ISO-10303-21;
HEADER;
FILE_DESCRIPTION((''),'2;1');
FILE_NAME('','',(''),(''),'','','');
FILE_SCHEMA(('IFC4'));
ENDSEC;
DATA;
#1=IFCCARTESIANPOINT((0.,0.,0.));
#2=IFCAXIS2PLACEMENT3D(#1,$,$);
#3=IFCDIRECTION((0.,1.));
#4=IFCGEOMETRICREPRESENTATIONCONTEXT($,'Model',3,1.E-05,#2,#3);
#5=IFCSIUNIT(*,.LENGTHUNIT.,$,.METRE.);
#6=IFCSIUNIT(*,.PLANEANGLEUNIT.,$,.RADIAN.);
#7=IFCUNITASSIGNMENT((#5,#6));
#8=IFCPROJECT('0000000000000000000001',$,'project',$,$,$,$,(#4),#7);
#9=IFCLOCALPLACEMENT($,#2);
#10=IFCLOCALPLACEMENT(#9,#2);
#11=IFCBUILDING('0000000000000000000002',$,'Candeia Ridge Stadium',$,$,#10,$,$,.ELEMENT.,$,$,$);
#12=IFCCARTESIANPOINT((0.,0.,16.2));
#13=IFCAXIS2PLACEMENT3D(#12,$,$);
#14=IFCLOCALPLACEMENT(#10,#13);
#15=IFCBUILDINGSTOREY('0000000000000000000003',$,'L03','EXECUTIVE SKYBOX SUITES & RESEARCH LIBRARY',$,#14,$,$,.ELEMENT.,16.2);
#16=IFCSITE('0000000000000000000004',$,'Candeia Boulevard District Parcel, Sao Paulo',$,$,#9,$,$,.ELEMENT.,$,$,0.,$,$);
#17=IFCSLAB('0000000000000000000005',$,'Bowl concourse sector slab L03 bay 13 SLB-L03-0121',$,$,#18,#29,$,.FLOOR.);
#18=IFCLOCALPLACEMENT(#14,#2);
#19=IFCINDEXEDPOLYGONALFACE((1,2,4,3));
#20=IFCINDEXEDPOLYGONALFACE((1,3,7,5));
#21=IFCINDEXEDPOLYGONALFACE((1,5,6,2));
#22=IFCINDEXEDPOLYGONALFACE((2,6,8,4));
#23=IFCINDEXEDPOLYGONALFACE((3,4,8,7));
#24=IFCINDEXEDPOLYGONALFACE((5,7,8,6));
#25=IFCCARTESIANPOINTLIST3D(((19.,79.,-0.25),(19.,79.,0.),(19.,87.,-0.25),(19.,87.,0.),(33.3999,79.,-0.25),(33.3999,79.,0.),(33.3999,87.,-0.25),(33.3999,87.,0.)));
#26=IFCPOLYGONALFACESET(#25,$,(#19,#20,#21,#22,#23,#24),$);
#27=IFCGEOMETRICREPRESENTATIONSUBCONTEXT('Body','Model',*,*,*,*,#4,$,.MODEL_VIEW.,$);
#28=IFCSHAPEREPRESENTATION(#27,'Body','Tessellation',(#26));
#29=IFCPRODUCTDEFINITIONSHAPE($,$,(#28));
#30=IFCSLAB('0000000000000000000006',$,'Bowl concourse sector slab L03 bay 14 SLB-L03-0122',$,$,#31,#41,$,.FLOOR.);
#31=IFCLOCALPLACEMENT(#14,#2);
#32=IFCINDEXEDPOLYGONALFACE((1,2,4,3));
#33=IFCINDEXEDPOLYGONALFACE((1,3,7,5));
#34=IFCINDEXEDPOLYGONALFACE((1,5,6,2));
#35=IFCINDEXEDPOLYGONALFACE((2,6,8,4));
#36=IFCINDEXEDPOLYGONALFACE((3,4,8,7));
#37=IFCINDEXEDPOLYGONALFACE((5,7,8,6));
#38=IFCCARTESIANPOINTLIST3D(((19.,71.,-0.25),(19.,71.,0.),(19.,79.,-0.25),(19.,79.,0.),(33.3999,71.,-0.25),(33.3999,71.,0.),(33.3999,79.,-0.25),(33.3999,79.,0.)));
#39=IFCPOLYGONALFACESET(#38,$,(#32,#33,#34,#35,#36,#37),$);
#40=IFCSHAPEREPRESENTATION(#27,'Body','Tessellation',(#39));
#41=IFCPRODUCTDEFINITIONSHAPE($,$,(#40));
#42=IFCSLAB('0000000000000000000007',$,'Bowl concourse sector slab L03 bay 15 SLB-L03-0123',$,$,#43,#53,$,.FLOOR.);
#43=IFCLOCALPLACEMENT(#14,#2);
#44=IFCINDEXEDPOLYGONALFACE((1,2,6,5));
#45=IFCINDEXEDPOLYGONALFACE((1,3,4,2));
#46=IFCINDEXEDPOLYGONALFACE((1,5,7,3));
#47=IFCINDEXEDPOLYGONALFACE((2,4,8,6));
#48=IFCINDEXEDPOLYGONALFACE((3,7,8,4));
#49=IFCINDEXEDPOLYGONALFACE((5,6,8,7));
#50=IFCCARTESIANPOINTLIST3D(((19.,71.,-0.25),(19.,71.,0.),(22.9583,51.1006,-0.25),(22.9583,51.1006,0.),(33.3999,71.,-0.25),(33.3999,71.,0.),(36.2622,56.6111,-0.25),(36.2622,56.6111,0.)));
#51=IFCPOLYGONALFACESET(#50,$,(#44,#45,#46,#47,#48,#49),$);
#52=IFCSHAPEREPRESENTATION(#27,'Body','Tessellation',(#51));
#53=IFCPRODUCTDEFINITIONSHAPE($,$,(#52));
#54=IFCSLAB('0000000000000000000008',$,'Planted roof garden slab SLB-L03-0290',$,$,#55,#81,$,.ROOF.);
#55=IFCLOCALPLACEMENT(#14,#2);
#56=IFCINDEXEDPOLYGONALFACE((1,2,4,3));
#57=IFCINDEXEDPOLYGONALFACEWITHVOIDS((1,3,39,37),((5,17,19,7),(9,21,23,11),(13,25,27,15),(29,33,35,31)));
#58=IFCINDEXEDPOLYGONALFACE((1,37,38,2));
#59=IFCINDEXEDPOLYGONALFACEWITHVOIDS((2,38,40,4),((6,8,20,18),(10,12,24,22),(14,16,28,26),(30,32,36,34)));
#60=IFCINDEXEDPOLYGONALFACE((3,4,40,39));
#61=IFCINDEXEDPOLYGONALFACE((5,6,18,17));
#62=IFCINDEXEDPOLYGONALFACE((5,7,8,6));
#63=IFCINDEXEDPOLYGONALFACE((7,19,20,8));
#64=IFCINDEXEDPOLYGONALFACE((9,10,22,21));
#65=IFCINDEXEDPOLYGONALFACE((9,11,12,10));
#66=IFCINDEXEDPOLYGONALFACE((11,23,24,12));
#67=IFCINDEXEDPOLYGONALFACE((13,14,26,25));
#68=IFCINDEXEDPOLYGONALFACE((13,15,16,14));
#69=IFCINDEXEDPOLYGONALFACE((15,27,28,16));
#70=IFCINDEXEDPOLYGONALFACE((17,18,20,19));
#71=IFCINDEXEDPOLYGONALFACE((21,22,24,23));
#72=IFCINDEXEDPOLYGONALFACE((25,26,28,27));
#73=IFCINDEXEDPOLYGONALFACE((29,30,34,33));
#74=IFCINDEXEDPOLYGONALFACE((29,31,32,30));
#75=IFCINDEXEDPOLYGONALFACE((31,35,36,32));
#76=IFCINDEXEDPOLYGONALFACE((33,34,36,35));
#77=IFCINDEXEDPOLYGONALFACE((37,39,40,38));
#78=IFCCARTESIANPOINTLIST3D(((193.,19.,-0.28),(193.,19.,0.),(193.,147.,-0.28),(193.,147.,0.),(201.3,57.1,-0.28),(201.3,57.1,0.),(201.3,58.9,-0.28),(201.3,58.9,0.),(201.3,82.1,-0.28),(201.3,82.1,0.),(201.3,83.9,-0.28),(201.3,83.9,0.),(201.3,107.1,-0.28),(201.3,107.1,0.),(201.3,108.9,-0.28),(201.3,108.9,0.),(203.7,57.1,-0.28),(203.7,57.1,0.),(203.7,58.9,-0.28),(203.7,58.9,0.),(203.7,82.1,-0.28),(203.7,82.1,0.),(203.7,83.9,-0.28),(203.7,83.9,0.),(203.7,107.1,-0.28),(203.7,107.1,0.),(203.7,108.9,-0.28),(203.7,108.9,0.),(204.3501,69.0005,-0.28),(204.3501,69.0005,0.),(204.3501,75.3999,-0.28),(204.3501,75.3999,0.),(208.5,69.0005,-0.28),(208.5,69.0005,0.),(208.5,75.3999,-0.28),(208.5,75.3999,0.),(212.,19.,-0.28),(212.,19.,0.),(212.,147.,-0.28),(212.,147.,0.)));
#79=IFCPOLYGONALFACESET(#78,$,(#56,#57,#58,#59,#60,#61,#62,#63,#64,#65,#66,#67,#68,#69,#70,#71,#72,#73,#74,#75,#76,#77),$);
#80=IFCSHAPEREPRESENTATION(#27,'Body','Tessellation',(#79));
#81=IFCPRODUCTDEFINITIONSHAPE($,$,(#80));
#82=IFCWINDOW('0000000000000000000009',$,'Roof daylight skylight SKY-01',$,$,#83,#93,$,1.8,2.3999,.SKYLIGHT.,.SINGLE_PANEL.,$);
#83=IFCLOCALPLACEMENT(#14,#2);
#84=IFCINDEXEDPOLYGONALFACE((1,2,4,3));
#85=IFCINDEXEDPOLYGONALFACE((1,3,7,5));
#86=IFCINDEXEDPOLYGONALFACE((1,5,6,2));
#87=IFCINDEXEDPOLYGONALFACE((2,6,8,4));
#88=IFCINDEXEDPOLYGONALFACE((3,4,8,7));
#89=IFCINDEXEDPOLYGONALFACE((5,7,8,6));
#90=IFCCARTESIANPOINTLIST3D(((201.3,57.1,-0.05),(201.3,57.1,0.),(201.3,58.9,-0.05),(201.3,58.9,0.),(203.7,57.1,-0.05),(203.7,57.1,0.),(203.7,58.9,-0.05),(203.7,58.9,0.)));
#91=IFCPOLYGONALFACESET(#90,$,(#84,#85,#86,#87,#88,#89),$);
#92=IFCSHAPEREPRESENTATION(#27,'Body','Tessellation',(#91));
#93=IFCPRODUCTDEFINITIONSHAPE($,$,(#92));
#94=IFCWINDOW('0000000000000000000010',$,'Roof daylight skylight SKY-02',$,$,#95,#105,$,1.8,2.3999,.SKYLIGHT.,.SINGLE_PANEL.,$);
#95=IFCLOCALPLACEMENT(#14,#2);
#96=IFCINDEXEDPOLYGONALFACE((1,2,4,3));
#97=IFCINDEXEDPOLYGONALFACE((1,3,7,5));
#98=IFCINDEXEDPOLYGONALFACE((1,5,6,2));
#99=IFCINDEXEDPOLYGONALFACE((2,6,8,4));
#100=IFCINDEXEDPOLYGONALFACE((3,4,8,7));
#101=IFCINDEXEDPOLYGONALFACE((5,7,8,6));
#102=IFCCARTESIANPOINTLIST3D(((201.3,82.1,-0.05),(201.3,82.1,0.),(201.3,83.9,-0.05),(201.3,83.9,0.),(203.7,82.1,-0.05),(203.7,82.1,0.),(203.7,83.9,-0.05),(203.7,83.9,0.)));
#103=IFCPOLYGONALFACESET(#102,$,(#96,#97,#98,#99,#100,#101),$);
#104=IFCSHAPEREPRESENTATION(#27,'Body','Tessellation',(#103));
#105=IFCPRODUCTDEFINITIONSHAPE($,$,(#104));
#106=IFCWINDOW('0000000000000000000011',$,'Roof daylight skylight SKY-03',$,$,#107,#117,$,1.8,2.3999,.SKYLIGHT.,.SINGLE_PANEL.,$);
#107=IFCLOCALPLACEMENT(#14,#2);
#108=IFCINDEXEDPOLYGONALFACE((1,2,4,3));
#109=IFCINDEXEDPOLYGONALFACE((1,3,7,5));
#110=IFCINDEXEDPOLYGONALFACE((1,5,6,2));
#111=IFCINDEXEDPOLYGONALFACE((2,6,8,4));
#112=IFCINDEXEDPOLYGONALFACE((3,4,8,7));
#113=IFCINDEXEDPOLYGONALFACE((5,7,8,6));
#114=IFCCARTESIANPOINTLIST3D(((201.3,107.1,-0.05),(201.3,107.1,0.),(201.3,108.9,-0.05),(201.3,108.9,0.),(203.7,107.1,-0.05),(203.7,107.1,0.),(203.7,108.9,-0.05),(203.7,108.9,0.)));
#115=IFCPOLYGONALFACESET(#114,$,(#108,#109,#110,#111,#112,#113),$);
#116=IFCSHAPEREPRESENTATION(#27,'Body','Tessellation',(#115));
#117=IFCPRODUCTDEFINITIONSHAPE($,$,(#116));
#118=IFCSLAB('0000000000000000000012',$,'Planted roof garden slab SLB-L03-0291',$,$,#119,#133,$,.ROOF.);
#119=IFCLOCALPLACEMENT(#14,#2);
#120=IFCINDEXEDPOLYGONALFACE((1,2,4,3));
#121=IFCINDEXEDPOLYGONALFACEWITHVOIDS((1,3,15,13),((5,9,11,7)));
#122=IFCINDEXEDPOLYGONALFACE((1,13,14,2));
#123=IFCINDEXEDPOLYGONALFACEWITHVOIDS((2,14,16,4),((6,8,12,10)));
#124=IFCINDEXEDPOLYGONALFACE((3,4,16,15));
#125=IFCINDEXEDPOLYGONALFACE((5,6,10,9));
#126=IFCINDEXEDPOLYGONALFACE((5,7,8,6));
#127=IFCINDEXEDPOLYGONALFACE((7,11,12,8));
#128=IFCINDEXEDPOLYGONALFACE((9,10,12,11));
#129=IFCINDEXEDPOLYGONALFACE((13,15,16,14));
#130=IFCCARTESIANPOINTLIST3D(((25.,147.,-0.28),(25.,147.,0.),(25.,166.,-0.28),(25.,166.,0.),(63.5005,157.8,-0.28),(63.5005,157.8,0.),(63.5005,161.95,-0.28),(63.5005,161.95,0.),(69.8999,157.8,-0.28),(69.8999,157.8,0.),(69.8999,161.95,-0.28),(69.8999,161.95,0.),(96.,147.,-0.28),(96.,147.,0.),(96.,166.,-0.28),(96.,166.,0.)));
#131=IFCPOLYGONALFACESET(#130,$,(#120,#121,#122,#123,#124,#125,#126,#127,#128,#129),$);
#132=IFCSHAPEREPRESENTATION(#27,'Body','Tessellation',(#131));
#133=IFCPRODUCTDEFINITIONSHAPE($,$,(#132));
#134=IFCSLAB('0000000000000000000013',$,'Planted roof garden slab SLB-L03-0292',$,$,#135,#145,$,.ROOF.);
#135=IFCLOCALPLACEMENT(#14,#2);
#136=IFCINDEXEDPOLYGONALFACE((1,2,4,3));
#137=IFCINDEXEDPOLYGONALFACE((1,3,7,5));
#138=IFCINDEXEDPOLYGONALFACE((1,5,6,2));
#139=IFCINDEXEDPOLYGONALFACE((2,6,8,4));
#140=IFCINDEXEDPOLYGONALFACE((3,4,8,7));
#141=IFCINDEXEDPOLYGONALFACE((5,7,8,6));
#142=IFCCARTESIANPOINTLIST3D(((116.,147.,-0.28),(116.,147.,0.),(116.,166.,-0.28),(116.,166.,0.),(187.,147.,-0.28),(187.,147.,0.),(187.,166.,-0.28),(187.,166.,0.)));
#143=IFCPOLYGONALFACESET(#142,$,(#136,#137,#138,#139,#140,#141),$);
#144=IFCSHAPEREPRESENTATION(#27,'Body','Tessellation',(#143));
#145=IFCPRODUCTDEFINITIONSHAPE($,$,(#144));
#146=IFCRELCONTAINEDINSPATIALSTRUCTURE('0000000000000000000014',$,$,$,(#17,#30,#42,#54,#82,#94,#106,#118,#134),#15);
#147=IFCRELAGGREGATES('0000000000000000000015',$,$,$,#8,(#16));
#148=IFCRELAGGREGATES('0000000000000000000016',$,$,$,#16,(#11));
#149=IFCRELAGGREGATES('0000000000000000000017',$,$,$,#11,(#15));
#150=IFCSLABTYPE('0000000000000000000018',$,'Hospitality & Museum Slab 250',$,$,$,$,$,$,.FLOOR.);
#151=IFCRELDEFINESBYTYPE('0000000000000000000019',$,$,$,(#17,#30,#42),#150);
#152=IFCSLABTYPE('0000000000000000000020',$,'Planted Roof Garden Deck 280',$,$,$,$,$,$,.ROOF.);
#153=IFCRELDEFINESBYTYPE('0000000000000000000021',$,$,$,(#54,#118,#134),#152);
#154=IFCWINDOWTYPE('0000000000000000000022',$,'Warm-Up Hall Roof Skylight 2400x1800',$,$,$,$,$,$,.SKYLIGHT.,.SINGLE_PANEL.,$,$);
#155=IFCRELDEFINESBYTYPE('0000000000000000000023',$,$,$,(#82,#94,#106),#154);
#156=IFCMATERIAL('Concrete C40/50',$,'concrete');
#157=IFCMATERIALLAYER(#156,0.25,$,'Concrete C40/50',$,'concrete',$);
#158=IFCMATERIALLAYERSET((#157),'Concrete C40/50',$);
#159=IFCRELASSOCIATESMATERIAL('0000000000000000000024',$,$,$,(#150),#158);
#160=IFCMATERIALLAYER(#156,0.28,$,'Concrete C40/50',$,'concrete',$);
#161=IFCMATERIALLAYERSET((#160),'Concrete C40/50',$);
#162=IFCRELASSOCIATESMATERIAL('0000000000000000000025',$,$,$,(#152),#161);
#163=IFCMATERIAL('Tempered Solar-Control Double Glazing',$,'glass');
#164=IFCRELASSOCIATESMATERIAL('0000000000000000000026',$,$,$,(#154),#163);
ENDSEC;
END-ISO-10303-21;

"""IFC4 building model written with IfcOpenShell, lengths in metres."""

from ifc_helpers import new_model, si_unit, direction, frame, origin, origin_2d, place, context, subcontext, project, spatial, polyline, rectangle, outline, extrude, material, layer, layer_set, type_object, element, fill, save


model = new_model("IFC4")

# Units and contexts
model_context = context("Model", 3, precision=1e-05, world=origin(), true_north=direction((0.0, 1.0)))
body_context = subcontext(model_context, "Body", "Model", "MODEL_VIEW")
ifc_project = project(units=[si_unit("LENGTHUNIT", "METRE"), si_unit("PLANEANGLEUNIT", "RADIAN")], contexts=[model_context])

# Site, building, storey
site_placement = place(None, origin())
site = spatial("IfcSite", under=ifc_project, at=site_placement, Name="Candeia Boulevard District Parcel, Sao Paulo", CompositionType="ELEMENT", RefElevation=0.0)
building_placement = place(site_placement, origin())
building = spatial("IfcBuilding", under=site, at=building_placement, Name="Candeia Ridge Stadium", CompositionType="ELEMENT")
storey_placement = place(building_placement, frame((0.0, 0.0, 16.2)))
storey = spatial("IfcBuildingStorey", under=building, at=storey_placement, Name="L03", Description="EXECUTIVE SKYBOX SUITES & RESEARCH LIBRARY", CompositionType="ELEMENT", Elevation=16.2)

# Slabs
ifc_material_1 = material(Name="Concrete C40/50", Category="concrete")
ifc_layer_1 = layer(ifc_material_1, 0.25, Name="Concrete C40/50", Category="concrete")
ifc_layer_set_1 = layer_set([ifc_layer_1], Name="Concrete C40/50")
slab_type_1 = type_object("IfcSlabType", Name="Hospitality & Museum Slab 250", PredefinedType="FLOOR", material=ifc_layer_set_1)
slab_1_placement = place(storey_placement, frame((0.0, 0.0, -0.25)))
element("IfcSlab", 1, at=slab_1_placement, inside=storey, type_object=slab_type_1, Name="Bowl concourse sector slab L03 bay 13 SLB-L03-0121", PredefinedType="FLOOR", context=body_context, shape_type="SweptSolid", body=[
    extrude(outline(polyline([(33.3999, 79.0), (19.0, 79.0), (19.0, 87.0), (33.3999, 87.0), (33.3999, 79.0)])), origin(), (0.0, 0.0, 1.0), 0.25),
])
slab_2_placement = place(storey_placement, frame((0.0, 0.0, -0.25)))
element("IfcSlab", 2, at=slab_2_placement, inside=storey, type_object=slab_type_1, Name="Bowl concourse sector slab L03 bay 14 SLB-L03-0122", PredefinedType="FLOOR", context=body_context, shape_type="SweptSolid", body=[
    extrude(outline(polyline([(33.3999, 71.0), (19.0, 71.0), (19.0, 79.0), (33.3999, 79.0), (33.3999, 71.0)])), origin(), (0.0, 0.0, 1.0), 0.25),
])
slab_3_placement = place(storey_placement, frame((0.0, 0.0, -0.25)))
element("IfcSlab", 3, at=slab_3_placement, inside=storey, type_object=slab_type_1, Name="Bowl concourse sector slab L03 bay 15 SLB-L03-0123", PredefinedType="FLOOR", context=body_context, shape_type="SweptSolid", body=[
    extrude(outline(polyline([(36.2622, 56.6111), (22.9583, 51.1006), (19.0, 71.0), (33.3999, 71.0), (36.2622, 56.6111)])), origin(), (0.0, 0.0, 1.0), 0.25),
])

# Slab, openings, windows
ifc_layer_2 = layer(ifc_material_1, 0.28, Name="Concrete C40/50", Category="concrete")
ifc_layer_set_2 = layer_set([ifc_layer_2], Name="Concrete C40/50")
slab_type_2 = type_object("IfcSlabType", Name="Planted Roof Garden Deck 280", PredefinedType="ROOF", material=ifc_layer_set_2)
slab_4_placement = place(storey_placement, frame((0.0, 0.0, -0.28)))
slab_4 = element("IfcSlab", 4, at=slab_4_placement, inside=storey, type_object=slab_type_2, Name="Planted roof garden slab SLB-L03-0290", PredefinedType="ROOF", context=body_context, shape_type="SweptSolid", body=[
    extrude(outline(polyline([(193.0, 19.0), (193.0, 147.0), (212.0, 147.0), (212.0, 19.0), (193.0, 19.0)]), holes=[polyline([(208.5, 69.0005), (208.5, 75.3999), (204.3501, 75.3999), (204.3501, 69.0005), (208.5, 69.0005)])]), origin(), (0.0, 0.0, 1.0), 0.28),
])
opening_1_placement = place(slab_4_placement, frame((202.5, 58.0, -0.01)))
opening_1 = element("IfcOpeningElement", 5, at=opening_1_placement, cuts=slab_4, PredefinedType="OPENING", context=body_context, shape_type="SweptSolid", body=[
    extrude(rectangle(XDim=2.3999, YDim=1.8, at=origin_2d()), origin(), (0.0, 0.0, 1.0), 0.3),
])
opening_2_placement = place(slab_4_placement, frame((202.5, 83.0, -0.01)))
opening_2 = element("IfcOpeningElement", 6, at=opening_2_placement, cuts=slab_4, PredefinedType="OPENING", context=body_context, shape_type="SweptSolid", body=[
    extrude(rectangle(XDim=2.3999, YDim=1.8, at=origin_2d()), origin(), (0.0, 0.0, 1.0), 0.3),
])
opening_3_placement = place(slab_4_placement, frame((202.5, 108.0, -0.01)))
opening_3 = element("IfcOpeningElement", 7, at=opening_3_placement, cuts=slab_4, PredefinedType="OPENING", context=body_context, shape_type="SweptSolid", body=[
    extrude(rectangle(XDim=2.3999, YDim=1.8, at=origin_2d()), origin(), (0.0, 0.0, 1.0), 0.3),
])
ifc_material_2 = material(Name="Tempered Solar-Control Double Glazing", Category="glass")
window_type = type_object("IfcWindowType", Name="Warm-Up Hall Roof Skylight 2400x1800", PartitioningType="SINGLE_PANEL", PredefinedType="SKYLIGHT", material=ifc_material_2)
window_1_placement = place(slab_4_placement, frame((202.5, 58.0, 0.23)))
window_1 = element("IfcWindow", 8, at=window_1_placement, inside=storey, type_object=window_type, Name="Roof daylight skylight SKY-01", OverallHeight=1.8, OverallWidth=2.3999, PartitioningType="SINGLE_PANEL", PredefinedType="SKYLIGHT", context=body_context, shape_type="SweptSolid", body=[
    extrude(rectangle(XDim=2.3999, YDim=1.8, at=origin_2d()), origin(), (0.0, 0.0, 1.0), 0.05),
])
fill(opening_1, window_1)
window_2_placement = place(slab_4_placement, frame((202.5, 83.0, 0.23)))
window_2 = element("IfcWindow", 9, at=window_2_placement, inside=storey, type_object=window_type, Name="Roof daylight skylight SKY-02", OverallHeight=1.8, OverallWidth=2.3999, PartitioningType="SINGLE_PANEL", PredefinedType="SKYLIGHT", context=body_context, shape_type="SweptSolid", body=[
    extrude(rectangle(XDim=2.3999, YDim=1.8, at=origin_2d()), origin(), (0.0, 0.0, 1.0), 0.05),
])
fill(opening_2, window_2)
window_3_placement = place(slab_4_placement, frame((202.5, 108.0, 0.23)))
window_3 = element("IfcWindow", 10, at=window_3_placement, inside=storey, type_object=window_type, Name="Roof daylight skylight SKY-03", OverallHeight=1.8, OverallWidth=2.3999, PartitioningType="SINGLE_PANEL", PredefinedType="SKYLIGHT", context=body_context, shape_type="SweptSolid", body=[
    extrude(rectangle(XDim=2.3999, YDim=1.8, at=origin_2d()), origin(), (0.0, 0.0, 1.0), 0.05),
])
fill(opening_3, window_3)

# Slabs
slab_5_placement = place(storey_placement, frame((0.0, 0.0, -0.28)))
element("IfcSlab", 11, at=slab_5_placement, inside=storey, type_object=slab_type_2, Name="Planted roof garden slab SLB-L03-0291", PredefinedType="ROOF", context=body_context, shape_type="SweptSolid", body=[
    extrude(outline(polyline([(25.0, 147.0), (25.0, 166.0), (96.0, 166.0), (96.0, 147.0), (25.0, 147.0)]), holes=[polyline([(63.5005, 157.8), (69.8999, 157.8), (69.8999, 161.95), (63.5005, 161.95), (63.5005, 157.8)])]), origin(), (0.0, 0.0, 1.0), 0.28),
])
slab_6_placement = place(storey_placement, frame((0.0, 0.0, -0.28)))
element("IfcSlab", 12, at=slab_6_placement, inside=storey, type_object=slab_type_2, Name="Planted roof garden slab SLB-L03-0292", PredefinedType="ROOF", context=body_context, shape_type="SweptSolid", body=[
    extrude(outline(polyline([(116.0, 147.0), (116.0, 166.0), (187.0, 166.0), (187.0, 147.0), (116.0, 147.0)])), origin(), (0.0, 0.0, 1.0), 0.28),
])

save(model, "model.ifc")
